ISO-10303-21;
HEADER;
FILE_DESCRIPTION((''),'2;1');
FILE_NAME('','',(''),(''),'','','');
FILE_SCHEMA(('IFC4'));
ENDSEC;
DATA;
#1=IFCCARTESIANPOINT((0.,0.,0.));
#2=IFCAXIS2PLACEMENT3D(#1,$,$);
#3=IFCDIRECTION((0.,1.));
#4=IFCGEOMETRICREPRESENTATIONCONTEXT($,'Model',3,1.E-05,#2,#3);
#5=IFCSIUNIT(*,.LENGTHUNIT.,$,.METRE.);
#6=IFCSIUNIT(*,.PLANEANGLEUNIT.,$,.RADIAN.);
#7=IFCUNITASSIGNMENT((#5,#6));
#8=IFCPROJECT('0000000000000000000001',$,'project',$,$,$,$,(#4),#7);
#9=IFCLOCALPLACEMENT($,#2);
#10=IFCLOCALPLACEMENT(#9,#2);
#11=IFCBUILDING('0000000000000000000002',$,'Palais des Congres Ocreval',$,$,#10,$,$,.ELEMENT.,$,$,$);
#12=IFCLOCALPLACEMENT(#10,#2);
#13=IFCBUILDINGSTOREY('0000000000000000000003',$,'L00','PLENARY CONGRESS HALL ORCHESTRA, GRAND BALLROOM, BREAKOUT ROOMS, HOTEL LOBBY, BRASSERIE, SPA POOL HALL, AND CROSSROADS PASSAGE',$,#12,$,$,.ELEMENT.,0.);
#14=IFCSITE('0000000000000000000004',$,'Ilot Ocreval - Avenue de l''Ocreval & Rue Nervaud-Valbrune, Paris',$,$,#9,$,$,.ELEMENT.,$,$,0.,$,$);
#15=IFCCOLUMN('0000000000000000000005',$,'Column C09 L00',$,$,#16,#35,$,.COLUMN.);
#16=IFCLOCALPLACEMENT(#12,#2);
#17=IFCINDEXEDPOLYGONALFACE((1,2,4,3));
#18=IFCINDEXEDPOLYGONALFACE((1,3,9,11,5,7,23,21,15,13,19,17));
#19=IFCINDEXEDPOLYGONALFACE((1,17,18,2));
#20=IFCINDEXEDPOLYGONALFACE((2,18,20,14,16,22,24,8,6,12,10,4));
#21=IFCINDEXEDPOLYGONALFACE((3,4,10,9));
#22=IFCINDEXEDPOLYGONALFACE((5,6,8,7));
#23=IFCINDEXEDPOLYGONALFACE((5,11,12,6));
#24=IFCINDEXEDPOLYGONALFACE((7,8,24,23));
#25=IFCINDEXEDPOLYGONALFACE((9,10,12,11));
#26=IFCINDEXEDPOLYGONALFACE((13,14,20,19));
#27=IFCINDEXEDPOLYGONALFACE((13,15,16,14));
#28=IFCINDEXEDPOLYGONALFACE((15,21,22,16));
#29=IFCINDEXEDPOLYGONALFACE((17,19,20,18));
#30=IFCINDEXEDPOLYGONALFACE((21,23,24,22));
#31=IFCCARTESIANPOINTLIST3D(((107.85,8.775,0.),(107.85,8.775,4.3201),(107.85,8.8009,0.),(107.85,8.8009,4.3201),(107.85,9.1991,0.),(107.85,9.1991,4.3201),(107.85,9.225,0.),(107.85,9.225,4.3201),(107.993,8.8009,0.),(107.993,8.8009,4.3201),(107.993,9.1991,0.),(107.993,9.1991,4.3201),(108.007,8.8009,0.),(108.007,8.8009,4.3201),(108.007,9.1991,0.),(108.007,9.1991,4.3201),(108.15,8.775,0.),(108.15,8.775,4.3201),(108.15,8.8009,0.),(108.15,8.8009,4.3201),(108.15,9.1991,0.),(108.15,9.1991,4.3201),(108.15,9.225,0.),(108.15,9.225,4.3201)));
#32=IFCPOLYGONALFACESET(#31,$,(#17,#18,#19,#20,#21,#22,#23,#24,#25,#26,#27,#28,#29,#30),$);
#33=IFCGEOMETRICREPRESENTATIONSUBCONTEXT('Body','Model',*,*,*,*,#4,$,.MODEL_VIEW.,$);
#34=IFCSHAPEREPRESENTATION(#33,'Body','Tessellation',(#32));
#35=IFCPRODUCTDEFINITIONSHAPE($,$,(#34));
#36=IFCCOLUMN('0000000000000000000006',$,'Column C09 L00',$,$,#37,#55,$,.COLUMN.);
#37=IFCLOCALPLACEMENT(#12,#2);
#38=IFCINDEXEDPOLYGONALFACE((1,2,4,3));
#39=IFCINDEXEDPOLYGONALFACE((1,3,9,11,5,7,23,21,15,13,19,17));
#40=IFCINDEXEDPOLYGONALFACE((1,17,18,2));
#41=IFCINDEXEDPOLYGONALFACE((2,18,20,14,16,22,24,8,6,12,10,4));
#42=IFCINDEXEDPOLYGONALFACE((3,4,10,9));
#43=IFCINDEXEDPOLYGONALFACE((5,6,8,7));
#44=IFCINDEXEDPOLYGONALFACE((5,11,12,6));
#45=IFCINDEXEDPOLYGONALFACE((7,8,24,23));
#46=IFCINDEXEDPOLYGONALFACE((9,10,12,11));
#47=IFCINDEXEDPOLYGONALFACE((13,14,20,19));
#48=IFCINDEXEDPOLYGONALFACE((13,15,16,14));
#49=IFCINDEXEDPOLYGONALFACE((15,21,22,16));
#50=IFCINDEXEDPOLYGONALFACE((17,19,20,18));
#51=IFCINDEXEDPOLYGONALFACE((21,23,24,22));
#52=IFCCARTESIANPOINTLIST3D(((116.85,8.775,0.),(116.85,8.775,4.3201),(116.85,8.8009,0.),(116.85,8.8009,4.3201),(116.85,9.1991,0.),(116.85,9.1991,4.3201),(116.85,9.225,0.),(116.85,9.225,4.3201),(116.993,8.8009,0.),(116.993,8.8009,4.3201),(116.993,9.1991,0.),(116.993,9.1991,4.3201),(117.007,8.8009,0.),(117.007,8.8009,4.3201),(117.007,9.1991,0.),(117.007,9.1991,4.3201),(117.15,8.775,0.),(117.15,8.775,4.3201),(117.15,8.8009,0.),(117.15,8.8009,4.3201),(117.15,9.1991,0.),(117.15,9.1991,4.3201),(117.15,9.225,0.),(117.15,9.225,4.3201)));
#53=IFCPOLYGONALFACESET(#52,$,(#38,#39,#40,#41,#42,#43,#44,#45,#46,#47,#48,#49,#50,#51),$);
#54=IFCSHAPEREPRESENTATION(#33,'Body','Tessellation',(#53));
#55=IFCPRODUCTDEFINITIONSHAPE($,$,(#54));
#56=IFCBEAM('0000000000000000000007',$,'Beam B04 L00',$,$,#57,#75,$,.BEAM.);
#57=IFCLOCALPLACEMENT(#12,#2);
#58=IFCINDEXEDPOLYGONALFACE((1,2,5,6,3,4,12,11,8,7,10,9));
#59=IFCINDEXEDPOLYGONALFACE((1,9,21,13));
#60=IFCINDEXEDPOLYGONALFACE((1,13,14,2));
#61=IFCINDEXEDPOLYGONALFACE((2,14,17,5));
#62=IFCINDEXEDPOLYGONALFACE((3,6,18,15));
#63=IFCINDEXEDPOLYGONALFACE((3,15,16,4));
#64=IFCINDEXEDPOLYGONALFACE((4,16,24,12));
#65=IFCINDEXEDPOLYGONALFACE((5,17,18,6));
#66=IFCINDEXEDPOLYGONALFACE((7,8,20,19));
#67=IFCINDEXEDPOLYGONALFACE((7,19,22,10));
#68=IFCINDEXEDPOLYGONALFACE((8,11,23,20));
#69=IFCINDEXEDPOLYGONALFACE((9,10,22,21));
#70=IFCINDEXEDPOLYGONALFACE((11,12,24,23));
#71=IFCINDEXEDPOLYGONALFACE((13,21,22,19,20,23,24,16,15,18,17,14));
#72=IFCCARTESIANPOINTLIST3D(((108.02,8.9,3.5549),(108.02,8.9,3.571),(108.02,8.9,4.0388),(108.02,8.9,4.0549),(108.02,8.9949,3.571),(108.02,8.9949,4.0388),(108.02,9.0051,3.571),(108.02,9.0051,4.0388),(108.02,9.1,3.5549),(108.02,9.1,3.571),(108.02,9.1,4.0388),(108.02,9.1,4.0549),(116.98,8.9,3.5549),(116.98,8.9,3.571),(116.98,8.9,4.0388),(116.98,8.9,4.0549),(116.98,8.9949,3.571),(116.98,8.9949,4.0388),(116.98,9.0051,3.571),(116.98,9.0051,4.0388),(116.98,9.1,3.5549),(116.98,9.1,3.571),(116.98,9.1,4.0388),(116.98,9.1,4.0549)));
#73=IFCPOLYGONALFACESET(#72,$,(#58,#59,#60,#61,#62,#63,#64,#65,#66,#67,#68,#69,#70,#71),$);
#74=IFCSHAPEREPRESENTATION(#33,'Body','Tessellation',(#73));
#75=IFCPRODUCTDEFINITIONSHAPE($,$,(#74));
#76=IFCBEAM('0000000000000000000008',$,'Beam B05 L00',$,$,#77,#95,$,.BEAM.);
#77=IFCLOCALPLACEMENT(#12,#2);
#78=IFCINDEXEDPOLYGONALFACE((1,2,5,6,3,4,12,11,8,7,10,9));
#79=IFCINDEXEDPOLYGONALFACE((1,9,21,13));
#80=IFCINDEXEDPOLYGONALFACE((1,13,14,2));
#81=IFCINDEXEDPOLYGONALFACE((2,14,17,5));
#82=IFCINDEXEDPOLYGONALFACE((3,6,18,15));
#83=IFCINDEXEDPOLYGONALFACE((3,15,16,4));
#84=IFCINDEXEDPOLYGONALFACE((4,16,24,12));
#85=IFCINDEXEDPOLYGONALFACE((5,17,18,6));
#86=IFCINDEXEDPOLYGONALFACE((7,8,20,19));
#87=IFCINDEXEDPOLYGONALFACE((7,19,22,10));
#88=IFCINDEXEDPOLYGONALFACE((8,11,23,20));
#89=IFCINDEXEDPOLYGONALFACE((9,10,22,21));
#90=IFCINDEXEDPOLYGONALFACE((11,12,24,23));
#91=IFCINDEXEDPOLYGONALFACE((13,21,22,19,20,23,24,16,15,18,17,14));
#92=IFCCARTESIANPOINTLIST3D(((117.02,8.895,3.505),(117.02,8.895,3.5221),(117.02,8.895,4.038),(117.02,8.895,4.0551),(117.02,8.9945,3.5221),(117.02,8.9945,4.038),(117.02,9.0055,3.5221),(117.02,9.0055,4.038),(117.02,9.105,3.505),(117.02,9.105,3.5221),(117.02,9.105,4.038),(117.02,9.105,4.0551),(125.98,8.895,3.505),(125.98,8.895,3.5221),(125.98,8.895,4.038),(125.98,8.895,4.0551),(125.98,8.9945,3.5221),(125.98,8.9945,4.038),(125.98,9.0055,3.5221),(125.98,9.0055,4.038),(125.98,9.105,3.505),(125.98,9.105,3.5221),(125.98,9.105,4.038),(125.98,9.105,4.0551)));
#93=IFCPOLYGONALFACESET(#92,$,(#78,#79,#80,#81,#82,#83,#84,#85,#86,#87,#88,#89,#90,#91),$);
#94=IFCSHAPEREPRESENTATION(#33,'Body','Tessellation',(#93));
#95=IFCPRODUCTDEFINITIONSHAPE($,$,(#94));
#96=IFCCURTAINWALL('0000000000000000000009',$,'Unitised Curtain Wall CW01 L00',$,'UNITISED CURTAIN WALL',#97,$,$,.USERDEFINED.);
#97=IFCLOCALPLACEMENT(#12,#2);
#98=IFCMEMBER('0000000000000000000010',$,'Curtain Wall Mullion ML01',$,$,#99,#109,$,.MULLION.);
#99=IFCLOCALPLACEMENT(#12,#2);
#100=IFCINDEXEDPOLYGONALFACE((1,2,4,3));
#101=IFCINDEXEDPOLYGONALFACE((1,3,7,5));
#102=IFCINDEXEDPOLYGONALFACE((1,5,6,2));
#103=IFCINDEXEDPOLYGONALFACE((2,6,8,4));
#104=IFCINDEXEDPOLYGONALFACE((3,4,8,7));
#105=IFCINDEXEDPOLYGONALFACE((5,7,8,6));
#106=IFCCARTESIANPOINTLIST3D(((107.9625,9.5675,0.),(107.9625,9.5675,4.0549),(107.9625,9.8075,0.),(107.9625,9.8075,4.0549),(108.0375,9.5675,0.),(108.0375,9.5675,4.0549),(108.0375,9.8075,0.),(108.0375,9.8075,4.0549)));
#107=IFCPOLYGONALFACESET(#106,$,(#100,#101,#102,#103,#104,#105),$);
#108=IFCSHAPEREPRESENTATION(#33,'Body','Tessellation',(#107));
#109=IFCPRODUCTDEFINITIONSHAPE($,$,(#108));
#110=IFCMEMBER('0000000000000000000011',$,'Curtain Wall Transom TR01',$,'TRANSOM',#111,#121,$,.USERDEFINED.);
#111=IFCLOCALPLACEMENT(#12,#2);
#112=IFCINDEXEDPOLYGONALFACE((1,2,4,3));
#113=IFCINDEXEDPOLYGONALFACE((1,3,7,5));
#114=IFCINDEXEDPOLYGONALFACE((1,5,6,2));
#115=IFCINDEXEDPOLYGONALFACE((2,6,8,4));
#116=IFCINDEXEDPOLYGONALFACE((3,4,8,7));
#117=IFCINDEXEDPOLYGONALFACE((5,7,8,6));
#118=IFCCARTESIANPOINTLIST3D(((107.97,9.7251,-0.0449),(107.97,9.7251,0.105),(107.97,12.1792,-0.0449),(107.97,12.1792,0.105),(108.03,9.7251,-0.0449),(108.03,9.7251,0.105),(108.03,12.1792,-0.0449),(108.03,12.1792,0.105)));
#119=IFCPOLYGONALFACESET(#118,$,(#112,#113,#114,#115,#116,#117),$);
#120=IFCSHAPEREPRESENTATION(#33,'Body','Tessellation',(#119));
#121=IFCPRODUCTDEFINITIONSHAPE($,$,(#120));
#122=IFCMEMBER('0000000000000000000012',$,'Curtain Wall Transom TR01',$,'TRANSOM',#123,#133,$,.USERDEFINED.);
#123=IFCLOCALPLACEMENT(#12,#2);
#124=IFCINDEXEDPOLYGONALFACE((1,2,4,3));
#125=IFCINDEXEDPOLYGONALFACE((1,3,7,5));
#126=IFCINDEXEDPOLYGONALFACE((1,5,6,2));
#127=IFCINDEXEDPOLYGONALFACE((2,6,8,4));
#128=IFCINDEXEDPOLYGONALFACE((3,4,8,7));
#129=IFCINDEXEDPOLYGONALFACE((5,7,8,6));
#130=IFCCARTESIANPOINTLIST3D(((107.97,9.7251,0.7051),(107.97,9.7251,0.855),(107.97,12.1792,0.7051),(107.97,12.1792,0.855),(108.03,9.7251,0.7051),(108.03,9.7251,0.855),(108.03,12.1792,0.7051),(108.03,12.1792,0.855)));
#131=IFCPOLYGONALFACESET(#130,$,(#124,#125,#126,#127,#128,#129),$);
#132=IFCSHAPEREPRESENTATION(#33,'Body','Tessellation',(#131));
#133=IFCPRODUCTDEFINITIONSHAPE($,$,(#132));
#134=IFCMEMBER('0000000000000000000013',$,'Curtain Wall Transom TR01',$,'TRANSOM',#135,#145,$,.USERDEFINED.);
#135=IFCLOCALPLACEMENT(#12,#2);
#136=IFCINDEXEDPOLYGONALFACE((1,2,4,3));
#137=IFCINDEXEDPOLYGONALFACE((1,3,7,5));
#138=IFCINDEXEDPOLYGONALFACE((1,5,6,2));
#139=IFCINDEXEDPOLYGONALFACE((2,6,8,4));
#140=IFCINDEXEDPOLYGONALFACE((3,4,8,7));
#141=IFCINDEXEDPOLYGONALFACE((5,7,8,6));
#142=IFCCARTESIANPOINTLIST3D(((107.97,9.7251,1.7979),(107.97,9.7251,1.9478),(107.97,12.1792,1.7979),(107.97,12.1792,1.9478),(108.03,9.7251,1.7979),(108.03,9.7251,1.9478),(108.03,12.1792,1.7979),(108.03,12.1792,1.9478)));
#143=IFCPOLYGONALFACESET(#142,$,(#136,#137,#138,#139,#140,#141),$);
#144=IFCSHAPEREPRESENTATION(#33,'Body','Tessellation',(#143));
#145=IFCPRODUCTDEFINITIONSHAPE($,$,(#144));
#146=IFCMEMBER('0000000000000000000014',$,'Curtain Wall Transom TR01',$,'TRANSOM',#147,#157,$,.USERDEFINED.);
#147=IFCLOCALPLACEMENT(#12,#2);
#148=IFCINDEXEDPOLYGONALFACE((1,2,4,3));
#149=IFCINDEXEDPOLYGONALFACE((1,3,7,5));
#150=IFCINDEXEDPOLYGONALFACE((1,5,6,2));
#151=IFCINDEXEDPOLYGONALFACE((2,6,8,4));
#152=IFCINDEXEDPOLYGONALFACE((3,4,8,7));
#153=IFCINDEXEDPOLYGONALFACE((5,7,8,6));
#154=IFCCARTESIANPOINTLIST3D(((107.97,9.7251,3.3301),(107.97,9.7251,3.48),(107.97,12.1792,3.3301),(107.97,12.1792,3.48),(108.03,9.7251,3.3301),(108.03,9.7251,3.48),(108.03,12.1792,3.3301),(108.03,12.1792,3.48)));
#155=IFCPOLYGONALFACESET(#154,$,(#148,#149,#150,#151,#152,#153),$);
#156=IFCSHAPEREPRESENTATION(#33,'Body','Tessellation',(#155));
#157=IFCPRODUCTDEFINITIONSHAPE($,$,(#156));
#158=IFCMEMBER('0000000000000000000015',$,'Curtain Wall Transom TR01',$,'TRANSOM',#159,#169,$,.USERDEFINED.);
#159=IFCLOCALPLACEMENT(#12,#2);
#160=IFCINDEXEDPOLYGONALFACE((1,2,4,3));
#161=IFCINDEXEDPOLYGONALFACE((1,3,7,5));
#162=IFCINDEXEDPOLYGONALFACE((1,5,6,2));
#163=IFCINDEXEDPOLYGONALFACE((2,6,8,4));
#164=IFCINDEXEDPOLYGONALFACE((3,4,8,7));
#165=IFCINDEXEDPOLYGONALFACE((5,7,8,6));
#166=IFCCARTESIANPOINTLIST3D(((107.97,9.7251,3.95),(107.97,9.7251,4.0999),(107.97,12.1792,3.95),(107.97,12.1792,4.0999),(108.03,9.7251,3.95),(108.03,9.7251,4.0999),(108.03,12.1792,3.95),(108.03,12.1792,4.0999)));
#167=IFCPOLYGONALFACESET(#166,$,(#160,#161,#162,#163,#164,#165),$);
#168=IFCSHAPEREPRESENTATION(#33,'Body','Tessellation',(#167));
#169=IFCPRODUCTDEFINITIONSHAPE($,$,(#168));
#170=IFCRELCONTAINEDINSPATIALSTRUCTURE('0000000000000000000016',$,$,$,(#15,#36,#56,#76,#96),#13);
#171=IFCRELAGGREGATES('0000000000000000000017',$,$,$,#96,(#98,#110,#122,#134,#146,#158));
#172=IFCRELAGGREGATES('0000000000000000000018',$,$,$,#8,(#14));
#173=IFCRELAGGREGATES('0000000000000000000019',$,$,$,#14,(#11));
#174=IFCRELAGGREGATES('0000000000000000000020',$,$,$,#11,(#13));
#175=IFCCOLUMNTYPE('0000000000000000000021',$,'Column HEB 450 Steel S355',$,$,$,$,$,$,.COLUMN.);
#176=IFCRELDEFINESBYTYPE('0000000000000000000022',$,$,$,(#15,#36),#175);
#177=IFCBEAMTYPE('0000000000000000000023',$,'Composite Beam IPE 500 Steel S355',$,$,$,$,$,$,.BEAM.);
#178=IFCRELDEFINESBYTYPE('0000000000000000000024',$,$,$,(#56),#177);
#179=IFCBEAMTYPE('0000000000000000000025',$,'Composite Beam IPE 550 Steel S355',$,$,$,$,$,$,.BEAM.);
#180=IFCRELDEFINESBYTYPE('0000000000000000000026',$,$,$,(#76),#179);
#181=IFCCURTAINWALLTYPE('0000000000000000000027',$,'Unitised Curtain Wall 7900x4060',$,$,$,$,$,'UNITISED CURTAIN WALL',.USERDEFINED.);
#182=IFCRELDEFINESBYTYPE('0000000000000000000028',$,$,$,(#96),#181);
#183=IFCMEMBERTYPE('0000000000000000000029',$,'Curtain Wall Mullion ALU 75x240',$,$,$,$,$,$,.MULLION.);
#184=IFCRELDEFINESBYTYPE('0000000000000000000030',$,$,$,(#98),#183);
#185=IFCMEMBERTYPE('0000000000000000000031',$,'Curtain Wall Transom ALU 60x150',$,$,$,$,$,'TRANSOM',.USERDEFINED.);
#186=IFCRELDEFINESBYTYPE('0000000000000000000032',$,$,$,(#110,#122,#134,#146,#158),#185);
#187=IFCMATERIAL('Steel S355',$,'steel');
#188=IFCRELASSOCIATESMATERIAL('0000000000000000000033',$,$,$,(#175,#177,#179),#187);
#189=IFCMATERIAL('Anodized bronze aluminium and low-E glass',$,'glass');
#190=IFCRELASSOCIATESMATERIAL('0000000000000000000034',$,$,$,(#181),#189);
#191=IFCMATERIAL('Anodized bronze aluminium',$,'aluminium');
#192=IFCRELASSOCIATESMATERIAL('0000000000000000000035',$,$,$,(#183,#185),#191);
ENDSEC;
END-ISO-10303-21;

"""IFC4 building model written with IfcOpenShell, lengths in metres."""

from ifc_helpers import new_model, si_unit, direction, frame, origin, origin_2d, place, context, subcontext, project, spatial, rectangle, i_section, extrude, material, material_profile, profile_set, type_object, element, aggregate, save


model = new_model("IFC4")

# Units and contexts
model_context = context("Model", 3, precision=1e-05, world=origin(), true_north=direction((0.0, 1.0)))
body_context = subcontext(model_context, "Body", "Model", "MODEL_VIEW")
ifc_project = project(units=[si_unit("LENGTHUNIT", "METRE"), si_unit("PLANEANGLEUNIT", "RADIAN")], contexts=[model_context])

# Site, building, storey
site_placement = place(None, origin())
site = spatial("IfcSite", under=ifc_project, at=site_placement, Name="Ilot Ocreval - Avenue de l'Ocreval & Rue Nervaud-Valbrune, Paris", CompositionType="ELEMENT", RefElevation=0.0)
building_placement = place(site_placement, origin())
building = spatial("IfcBuilding", under=site, at=building_placement, Name="Palais des Congres Ocreval", CompositionType="ELEMENT")
storey_placement = place(building_placement, origin())
storey = spatial("IfcBuildingStorey", under=building, at=storey_placement, Name="L00", Description="PLENARY CONGRESS HALL ORCHESTRA, GRAND BALLROOM, BREAKOUT ROOMS, HOTEL LOBBY, BRASSERIE, SPA POOL HALL, AND CROSSROADS PASSAGE", CompositionType="ELEMENT", Elevation=0.0)

# Columns
ifc_material_1 = material(Name="Steel S355", Category="steel")
ifc_material_profile_1 = material_profile(ifc_material_1, i_section(OverallWidth=0.3, OverallDepth=0.45, WebThickness=0.0139, FlangeThickness=0.0259, at=origin_2d()), Name="HEB 450")
ifc_profile_set_1 = profile_set([ifc_material_profile_1], Name="Steel S355")
column_type = type_object("IfcColumnType", Name="Column HEB 450 Steel S355", PredefinedType="COLUMN", material=ifc_profile_set_1)
for number, where, z_axis, x_axis, name in (
    (1, (108.0, 9.0, 0.0), (0.0, 0.0, 1.0), (1.0, 0.0, 0.0), "Column C09 L00"),
    (2, (117.0, 9.0, 0.0), (0.0, 0.0, 1.0), (1.0, 0.0, 0.0), "Column C09 L00"),
):
    element("IfcColumn", number, at=place(storey_placement, frame(where, z_axis=z_axis, x_axis=x_axis)), inside=storey, type_object=column_type, Name=name, PredefinedType="COLUMN", context=body_context, shape_type="SweptSolid", body=[
        extrude(i_section(OverallWidth=0.3, OverallDepth=0.45, WebThickness=0.0139, FlangeThickness=0.0259, at=origin_2d()), origin(), (0.0, 0.0, 1.0), 4.3201),
    ])

# Beams
ifc_material_profile_2 = material_profile(ifc_material_1, i_section(OverallWidth=0.2, OverallDepth=0.5, WebThickness=0.0103, FlangeThickness=0.0161, at=origin_2d()), Name="IPE 500")
ifc_profile_set_2 = profile_set([ifc_material_profile_2], Name="Steel S355")
beam_type_1 = type_object("IfcBeamType", Name="Composite Beam IPE 500 Steel S355", PredefinedType="BEAM", material=ifc_profile_set_2)
beam_1_placement = place(storey_placement, frame((108.02, 9.0, 3.8049), z_axis=(1.0, 0.0, 0.0), x_axis=(0.0, 1.0, 0.0)))
element("IfcBeam", 3, at=beam_1_placement, inside=storey, type_object=beam_type_1, Name="Beam B04 L00", PredefinedType="BEAM", context=body_context, shape_type="SweptSolid", body=[
    extrude(i_section(OverallWidth=0.2, OverallDepth=0.5, WebThickness=0.0103, FlangeThickness=0.0161, at=origin_2d()), origin(), (0.0, 0.0, 1.0), 8.96),
])
ifc_material_profile_3 = material_profile(ifc_material_1, i_section(OverallWidth=0.21, OverallDepth=0.55, WebThickness=0.011, FlangeThickness=0.0171, at=origin_2d()), Name="IPE 550")
ifc_profile_set_3 = profile_set([ifc_material_profile_3], Name="Steel S355")
beam_type_2 = type_object("IfcBeamType", Name="Composite Beam IPE 550 Steel S355", PredefinedType="BEAM", material=ifc_profile_set_3)
beam_2_placement = place(storey_placement, frame((117.02, 9.0, 3.78), z_axis=(1.0, 0.0, 0.0), x_axis=(0.0, 1.0, 0.0)))
element("IfcBeam", 4, at=beam_2_placement, inside=storey, type_object=beam_type_2, Name="Beam B05 L00", PredefinedType="BEAM", context=body_context, shape_type="SweptSolid", body=[
    extrude(i_section(OverallWidth=0.21, OverallDepth=0.55, WebThickness=0.011, FlangeThickness=0.0171, at=origin_2d()), origin(), (0.0, 0.0, 1.0), 8.96),
])

# Curtain wall, members
ifc_material_2 = material(Name="Anodized bronze aluminium and low-E glass", Category="glass")
curtain_wall_type = type_object("IfcCurtainWallType", Name="Unitised Curtain Wall 7900x4060", ElementType="UNITISED CURTAIN WALL", PredefinedType="USERDEFINED", material=ifc_material_2)
curtain_wall_placement = place(storey_placement, origin())
curtain_wall = element("IfcCurtainWall", 5, at=curtain_wall_placement, inside=storey, type_object=curtain_wall_type, Name="Unitised Curtain Wall CW01 L00", ObjectType="UNITISED CURTAIN WALL", PredefinedType="USERDEFINED")
ifc_material_3 = material(Name="Anodized bronze aluminium", Category="aluminium")
ifc_material_profile_4 = material_profile(ifc_material_3, rectangle(XDim=0.075, YDim=0.24, at=origin_2d()), Name="ALU 75x240")
ifc_profile_set_4 = profile_set([ifc_material_profile_4], Name="Anodized bronze aluminium")
member_type_1 = type_object("IfcMemberType", Name="Curtain Wall Mullion ALU 75x240", PredefinedType="MULLION", material=ifc_profile_set_4)
member_1_placement = place(storey_placement, frame((108.0, 9.6875, 0.0), z_axis=(0.0, 0.0, 1.0), x_axis=(-1.0, 0.0, 0.0)))
member_1 = element("IfcMember", 6, at=member_1_placement, type_object=member_type_1, Name="Curtain Wall Mullion ML01", PredefinedType="MULLION", context=body_context, shape_type="SweptSolid", body=[
    extrude(rectangle(XDim=0.075, YDim=0.24, at=origin_2d()), origin(), (0.0, 0.0, 1.0), 4.0549),
])
ifc_material_profile_5 = material_profile(ifc_material_3, rectangle(XDim=0.0601, YDim=0.1499, at=origin_2d()), Name="ALU 60x150")
ifc_profile_set_5 = profile_set([ifc_material_profile_5], Name="Anodized bronze aluminium")
member_type_2 = type_object("IfcMemberType", Name="Curtain Wall Transom ALU 60x150", ElementType="TRANSOM", PredefinedType="USERDEFINED", material=ifc_profile_set_5)
member_2_placement = place(storey_placement, frame((108.0, 9.7251, 0.03), z_axis=(0.0, 1.0, 0.0), x_axis=(-1.0, 0.0, 0.0)))
member_2 = element("IfcMember", 7, at=member_2_placement, type_object=member_type_2, Name="Curtain Wall Transom TR01", ObjectType="TRANSOM", PredefinedType="USERDEFINED", context=body_context, shape_type="SweptSolid", body=[
    extrude(rectangle(XDim=0.0601, YDim=0.1499, at=origin_2d()), origin(), (0.0, 0.0, 1.0), 2.4541),
])
member_3_placement = place(storey_placement, frame((108.0, 9.7251, 0.78), z_axis=(0.0, 1.0, 0.0), x_axis=(-1.0, 0.0, 0.0)))
member_3 = element("IfcMember", 8, at=member_3_placement, type_object=member_type_2, Name="Curtain Wall Transom TR01", ObjectType="TRANSOM", PredefinedType="USERDEFINED", context=body_context, shape_type="SweptSolid", body=[
    extrude(rectangle(XDim=0.0601, YDim=0.1499, at=origin_2d()), origin(), (0.0, 0.0, 1.0), 2.4541),
])
member_4_placement = place(storey_placement, frame((108.0, 9.7251, 1.8728), z_axis=(0.0, 1.0, 0.0), x_axis=(-1.0, 0.0, 0.0)))
member_4 = element("IfcMember", 9, at=member_4_placement, type_object=member_type_2, Name="Curtain Wall Transom TR01", ObjectType="TRANSOM", PredefinedType="USERDEFINED", context=body_context, shape_type="SweptSolid", body=[
    extrude(rectangle(XDim=0.0601, YDim=0.1499, at=origin_2d()), origin(), (0.0, 0.0, 1.0), 2.4541),
])
member_5_placement = place(storey_placement, frame((108.0, 9.7251, 3.405), z_axis=(0.0, 1.0, 0.0), x_axis=(-1.0, 0.0, 0.0)))
member_5 = element("IfcMember", 10, at=member_5_placement, type_object=member_type_2, Name="Curtain Wall Transom TR01", ObjectType="TRANSOM", PredefinedType="USERDEFINED", context=body_context, shape_type="SweptSolid", body=[
    extrude(rectangle(XDim=0.0601, YDim=0.1499, at=origin_2d()), origin(), (0.0, 0.0, 1.0), 2.4541),
])
member_6_placement = place(storey_placement, frame((108.0, 9.7251, 4.0249), z_axis=(0.0, 1.0, 0.0), x_axis=(-1.0, 0.0, 0.0)))
member_6 = element("IfcMember", 11, at=member_6_placement, type_object=member_type_2, Name="Curtain Wall Transom TR01", ObjectType="TRANSOM", PredefinedType="USERDEFINED", context=body_context, shape_type="SweptSolid", body=[
    extrude(rectangle(XDim=0.0601, YDim=0.1499, at=origin_2d()), origin(), (0.0, 0.0, 1.0), 2.4541),
])

aggregate(curtain_wall, [member_1, member_2, member_3, member_4, member_5, member_6])

save(model, "model.ifc")
